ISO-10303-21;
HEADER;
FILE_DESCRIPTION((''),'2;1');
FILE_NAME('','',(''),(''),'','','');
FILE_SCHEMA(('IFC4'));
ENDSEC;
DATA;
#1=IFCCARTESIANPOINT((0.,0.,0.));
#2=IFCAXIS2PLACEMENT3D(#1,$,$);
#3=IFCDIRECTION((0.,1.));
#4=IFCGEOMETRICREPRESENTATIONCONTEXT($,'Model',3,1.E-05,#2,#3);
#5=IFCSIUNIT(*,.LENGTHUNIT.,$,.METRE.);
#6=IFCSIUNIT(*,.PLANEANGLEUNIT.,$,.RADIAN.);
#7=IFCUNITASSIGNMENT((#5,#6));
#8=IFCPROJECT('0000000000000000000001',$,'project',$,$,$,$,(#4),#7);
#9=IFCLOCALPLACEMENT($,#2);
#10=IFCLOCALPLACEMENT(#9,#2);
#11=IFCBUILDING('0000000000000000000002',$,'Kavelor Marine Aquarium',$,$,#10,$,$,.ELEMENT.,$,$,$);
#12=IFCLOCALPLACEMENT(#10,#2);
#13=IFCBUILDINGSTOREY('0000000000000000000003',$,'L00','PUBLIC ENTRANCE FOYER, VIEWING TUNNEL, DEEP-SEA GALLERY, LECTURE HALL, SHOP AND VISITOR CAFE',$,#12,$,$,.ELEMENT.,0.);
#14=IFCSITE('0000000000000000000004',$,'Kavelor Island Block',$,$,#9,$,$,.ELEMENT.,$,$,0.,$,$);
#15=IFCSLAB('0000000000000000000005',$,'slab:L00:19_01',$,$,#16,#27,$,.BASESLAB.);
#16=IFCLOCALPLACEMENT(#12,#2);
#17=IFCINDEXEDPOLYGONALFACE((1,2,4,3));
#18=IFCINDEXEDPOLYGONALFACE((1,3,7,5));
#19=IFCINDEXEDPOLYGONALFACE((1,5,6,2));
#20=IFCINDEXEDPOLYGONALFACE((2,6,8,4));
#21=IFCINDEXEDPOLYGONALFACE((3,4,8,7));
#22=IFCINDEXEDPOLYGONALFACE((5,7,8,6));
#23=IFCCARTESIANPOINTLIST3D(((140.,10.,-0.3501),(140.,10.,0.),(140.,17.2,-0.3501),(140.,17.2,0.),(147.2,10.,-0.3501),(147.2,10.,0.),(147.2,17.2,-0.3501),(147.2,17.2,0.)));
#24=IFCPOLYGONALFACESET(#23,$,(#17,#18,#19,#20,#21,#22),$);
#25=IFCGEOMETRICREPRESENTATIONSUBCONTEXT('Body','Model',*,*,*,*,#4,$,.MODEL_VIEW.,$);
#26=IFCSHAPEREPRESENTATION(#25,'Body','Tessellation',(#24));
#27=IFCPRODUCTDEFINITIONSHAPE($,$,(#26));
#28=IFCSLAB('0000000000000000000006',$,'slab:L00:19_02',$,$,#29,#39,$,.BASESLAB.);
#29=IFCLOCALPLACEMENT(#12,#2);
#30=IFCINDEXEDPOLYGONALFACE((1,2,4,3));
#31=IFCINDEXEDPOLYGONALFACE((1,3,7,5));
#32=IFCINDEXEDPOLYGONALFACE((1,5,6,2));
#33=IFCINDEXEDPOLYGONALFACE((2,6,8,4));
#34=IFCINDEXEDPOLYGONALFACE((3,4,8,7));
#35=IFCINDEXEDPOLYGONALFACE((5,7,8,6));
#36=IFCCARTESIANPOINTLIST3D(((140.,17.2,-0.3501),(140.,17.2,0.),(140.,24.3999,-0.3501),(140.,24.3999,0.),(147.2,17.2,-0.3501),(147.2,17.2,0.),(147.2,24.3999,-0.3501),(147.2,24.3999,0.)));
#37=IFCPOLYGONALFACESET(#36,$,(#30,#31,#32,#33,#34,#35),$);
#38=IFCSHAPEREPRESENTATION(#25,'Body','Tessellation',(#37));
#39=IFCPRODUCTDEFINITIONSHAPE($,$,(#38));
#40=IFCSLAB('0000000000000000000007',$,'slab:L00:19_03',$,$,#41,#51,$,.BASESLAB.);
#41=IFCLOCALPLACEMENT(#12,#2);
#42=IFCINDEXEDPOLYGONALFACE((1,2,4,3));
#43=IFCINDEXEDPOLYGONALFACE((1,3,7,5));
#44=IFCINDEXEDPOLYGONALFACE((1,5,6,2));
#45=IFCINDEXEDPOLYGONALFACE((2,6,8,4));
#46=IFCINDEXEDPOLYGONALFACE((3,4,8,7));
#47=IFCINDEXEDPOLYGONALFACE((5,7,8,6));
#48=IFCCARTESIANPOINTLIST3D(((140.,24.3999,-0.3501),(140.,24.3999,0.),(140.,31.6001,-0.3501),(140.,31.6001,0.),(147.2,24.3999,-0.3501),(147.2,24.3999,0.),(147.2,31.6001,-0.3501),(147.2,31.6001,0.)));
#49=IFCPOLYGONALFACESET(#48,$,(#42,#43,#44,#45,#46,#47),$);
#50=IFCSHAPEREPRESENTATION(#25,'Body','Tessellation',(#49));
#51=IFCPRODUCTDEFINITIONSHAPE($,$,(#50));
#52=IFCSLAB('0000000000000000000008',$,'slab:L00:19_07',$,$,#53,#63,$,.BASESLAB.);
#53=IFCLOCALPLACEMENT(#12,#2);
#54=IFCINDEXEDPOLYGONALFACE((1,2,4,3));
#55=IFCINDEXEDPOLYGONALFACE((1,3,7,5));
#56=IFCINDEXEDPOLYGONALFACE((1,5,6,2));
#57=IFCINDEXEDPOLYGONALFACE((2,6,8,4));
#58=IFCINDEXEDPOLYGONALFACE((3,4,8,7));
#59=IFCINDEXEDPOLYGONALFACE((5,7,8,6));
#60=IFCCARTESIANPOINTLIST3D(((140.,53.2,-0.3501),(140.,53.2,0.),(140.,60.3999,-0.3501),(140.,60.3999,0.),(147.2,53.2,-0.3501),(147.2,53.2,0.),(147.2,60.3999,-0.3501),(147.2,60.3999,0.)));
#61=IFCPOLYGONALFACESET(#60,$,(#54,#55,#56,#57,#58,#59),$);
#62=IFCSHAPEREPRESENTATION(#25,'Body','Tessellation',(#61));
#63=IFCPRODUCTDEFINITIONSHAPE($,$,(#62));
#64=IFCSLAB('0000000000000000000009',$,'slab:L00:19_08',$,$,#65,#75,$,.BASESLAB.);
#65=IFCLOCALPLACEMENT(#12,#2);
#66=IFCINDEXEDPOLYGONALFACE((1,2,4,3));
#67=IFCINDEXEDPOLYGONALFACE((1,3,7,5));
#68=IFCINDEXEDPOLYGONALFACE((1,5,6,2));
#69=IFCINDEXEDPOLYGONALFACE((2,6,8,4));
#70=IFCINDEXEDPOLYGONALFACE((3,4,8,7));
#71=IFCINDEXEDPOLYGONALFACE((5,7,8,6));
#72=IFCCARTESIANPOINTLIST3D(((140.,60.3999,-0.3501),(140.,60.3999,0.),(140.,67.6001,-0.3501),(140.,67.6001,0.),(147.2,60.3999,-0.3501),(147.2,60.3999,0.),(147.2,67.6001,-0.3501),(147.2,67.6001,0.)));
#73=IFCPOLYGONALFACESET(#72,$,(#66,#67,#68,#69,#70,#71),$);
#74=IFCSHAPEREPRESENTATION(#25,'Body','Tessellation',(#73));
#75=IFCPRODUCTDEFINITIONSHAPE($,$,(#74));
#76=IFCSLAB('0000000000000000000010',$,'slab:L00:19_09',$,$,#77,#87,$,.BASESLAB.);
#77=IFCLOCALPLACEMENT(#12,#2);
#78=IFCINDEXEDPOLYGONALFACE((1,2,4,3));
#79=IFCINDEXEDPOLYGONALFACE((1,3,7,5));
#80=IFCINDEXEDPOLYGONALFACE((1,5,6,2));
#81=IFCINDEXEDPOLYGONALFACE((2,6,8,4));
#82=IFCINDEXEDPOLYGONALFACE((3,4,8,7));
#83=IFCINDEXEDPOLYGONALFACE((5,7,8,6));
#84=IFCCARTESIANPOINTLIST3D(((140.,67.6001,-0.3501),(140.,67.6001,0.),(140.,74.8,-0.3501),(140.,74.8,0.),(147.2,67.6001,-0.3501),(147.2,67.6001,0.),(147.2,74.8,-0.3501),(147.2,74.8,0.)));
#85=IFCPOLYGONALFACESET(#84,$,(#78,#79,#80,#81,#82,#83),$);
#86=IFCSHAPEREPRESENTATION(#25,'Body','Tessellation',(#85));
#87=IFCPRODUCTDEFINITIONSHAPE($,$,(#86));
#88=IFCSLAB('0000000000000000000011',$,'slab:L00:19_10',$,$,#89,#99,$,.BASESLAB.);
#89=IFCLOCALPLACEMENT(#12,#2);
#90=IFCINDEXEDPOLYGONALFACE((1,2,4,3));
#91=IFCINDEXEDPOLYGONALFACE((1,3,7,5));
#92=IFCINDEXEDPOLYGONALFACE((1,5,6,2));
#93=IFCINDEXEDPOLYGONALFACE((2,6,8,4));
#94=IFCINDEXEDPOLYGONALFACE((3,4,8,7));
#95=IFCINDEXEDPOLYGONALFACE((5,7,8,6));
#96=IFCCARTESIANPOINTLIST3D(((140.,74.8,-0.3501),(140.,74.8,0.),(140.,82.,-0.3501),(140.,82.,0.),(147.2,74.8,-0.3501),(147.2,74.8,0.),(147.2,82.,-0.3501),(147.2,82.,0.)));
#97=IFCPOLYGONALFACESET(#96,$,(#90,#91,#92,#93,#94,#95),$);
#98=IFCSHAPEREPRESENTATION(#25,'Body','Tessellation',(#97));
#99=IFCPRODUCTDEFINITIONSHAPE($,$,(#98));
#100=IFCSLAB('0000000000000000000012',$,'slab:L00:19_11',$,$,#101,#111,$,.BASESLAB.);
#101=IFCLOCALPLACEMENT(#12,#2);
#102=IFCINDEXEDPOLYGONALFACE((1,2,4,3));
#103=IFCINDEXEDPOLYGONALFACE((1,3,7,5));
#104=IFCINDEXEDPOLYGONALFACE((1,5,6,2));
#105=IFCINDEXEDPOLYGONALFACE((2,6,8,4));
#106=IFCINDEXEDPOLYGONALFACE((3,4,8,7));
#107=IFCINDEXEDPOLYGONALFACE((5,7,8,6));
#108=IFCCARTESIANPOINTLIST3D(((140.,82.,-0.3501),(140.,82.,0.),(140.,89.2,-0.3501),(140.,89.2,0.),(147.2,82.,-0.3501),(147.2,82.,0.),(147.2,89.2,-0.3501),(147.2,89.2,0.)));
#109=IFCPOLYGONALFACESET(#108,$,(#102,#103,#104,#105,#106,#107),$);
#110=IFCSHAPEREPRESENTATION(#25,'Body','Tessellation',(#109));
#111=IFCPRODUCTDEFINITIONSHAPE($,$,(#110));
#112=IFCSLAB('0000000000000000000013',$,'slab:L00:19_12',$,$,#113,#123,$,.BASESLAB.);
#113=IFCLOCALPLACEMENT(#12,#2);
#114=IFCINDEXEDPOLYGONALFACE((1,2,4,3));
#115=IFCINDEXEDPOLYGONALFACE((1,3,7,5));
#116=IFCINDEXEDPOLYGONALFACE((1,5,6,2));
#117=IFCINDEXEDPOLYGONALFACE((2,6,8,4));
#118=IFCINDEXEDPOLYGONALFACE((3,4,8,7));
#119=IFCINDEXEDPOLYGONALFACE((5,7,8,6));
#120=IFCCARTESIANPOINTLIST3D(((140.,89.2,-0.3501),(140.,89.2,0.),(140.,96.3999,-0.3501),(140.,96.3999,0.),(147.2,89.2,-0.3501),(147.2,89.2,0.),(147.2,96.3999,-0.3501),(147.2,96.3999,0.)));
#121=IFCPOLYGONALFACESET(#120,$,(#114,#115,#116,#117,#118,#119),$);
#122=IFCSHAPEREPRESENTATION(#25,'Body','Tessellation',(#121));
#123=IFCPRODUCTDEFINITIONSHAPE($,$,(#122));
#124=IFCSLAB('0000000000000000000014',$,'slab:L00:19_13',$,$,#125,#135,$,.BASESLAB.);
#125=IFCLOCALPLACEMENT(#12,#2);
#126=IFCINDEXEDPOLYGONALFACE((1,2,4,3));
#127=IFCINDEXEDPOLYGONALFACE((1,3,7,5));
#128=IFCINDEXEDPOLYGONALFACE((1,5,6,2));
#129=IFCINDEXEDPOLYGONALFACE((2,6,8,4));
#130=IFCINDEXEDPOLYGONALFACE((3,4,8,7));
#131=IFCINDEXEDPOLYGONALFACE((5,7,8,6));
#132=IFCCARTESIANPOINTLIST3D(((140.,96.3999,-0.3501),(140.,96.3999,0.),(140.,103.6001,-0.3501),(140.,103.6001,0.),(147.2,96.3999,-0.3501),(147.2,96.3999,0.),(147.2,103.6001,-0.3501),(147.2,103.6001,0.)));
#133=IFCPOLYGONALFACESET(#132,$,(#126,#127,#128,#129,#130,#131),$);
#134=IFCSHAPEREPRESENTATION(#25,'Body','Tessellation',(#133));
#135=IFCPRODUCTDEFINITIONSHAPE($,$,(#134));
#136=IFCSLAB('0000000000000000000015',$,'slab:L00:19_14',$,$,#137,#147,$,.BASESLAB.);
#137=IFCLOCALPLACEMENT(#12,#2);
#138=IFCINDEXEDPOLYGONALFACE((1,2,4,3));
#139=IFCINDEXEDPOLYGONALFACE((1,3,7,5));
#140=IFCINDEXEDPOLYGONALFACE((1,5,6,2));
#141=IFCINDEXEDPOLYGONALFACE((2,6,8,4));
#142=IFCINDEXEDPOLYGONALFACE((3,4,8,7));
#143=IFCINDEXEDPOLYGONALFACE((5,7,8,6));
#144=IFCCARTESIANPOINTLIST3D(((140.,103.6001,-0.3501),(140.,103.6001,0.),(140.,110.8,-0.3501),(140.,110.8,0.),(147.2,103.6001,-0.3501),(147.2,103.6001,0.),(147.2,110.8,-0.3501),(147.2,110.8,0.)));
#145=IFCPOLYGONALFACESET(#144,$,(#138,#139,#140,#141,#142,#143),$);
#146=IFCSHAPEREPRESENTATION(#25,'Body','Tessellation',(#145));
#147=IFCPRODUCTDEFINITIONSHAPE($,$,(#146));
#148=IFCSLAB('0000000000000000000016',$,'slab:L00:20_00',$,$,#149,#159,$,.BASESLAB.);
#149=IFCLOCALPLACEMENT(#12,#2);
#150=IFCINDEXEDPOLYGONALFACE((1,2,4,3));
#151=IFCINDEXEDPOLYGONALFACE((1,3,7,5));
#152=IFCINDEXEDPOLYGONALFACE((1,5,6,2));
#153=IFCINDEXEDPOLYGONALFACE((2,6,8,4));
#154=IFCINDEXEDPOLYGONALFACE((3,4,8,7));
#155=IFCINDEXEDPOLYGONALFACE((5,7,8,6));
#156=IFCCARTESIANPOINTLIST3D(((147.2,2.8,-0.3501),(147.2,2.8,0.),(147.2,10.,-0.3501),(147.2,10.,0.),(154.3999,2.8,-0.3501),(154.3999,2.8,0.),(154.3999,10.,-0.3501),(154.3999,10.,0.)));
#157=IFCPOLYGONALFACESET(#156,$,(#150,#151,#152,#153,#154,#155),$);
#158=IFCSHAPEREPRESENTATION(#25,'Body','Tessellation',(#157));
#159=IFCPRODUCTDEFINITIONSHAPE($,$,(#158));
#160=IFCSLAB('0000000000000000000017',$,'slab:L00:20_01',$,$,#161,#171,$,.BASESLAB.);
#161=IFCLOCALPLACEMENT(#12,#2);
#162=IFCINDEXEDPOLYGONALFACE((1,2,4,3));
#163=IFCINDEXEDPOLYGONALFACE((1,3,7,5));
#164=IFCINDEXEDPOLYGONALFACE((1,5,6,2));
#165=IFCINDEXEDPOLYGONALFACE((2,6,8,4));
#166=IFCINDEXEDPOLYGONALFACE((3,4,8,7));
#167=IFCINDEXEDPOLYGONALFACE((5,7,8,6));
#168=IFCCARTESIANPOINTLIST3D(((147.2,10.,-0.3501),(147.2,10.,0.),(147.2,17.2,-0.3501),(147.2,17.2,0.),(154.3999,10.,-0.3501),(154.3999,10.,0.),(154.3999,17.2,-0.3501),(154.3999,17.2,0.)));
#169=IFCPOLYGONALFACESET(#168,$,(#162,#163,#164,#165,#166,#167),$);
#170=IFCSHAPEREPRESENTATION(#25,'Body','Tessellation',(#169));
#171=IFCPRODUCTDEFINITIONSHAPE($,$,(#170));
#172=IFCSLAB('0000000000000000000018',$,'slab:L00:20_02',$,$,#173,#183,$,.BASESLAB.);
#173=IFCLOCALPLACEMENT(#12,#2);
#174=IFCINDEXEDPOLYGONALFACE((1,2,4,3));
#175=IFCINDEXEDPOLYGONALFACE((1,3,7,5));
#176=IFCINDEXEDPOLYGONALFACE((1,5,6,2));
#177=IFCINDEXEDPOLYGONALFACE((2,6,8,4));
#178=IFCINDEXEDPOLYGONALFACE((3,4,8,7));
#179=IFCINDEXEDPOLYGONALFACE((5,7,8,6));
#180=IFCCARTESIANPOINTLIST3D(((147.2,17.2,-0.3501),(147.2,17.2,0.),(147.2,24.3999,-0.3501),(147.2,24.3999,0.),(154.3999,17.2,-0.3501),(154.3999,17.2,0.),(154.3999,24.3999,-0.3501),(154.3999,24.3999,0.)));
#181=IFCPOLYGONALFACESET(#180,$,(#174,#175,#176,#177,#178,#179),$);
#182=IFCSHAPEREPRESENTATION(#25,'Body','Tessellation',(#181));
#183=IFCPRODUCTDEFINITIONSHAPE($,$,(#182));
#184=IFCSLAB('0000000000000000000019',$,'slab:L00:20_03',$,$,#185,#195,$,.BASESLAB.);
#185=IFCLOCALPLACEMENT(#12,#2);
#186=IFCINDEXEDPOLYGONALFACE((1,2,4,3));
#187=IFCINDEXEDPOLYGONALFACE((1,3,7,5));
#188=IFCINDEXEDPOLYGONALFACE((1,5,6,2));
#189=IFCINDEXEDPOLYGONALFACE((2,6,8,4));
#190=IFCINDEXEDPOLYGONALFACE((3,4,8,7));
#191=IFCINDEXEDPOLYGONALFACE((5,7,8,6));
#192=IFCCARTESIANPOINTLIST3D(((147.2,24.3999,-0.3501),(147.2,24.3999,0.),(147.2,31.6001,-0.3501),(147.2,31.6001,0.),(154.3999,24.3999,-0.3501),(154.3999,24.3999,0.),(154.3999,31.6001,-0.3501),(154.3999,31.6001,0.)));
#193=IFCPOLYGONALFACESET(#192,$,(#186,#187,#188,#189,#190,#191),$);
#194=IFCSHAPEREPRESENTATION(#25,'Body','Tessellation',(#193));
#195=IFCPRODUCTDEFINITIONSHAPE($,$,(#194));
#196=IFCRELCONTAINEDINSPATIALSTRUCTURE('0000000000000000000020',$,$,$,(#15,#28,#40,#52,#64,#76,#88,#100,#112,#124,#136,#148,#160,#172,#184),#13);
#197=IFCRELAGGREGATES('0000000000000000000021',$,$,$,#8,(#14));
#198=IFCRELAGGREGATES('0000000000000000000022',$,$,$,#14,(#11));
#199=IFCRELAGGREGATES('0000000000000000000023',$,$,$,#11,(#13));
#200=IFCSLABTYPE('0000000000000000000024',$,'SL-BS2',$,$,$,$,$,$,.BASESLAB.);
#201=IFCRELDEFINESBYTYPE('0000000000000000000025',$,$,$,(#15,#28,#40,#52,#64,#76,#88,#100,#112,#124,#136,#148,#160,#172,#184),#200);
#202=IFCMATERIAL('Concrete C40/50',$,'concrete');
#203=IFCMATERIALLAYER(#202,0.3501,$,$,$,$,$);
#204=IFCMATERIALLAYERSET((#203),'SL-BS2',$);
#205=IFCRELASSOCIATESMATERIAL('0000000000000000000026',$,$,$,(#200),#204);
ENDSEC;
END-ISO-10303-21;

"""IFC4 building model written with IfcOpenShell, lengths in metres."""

from ifc_helpers import new_model, si_unit, direction, frame, origin, place, context, subcontext, project, spatial, polyline, outline, extrude, material, layer, layer_set, type_object, element, save


model = new_model("IFC4")

# Units and contexts
model_context = context("Model", 3, precision=1e-05, world=origin(), true_north=direction((0.0, 1.0)))
body_context = subcontext(model_context, "Body", "Model", "MODEL_VIEW")
ifc_project = project(units=[si_unit("LENGTHUNIT", "METRE"), si_unit("PLANEANGLEUNIT", "RADIAN")], contexts=[model_context])

# Site, building, storey
site_placement = place(None, origin())
site = spatial("IfcSite", under=ifc_project, at=site_placement, Name="Kavelor Island Block", CompositionType="ELEMENT", RefElevation=0.0)
building_placement = place(site_placement, origin())
building = spatial("IfcBuilding", under=site, at=building_placement, Name="Kavelor Marine Aquarium", CompositionType="ELEMENT")
storey_placement = place(building_placement, origin())
storey = spatial("IfcBuildingStorey", under=building, at=storey_placement, Name="L00", Description="PUBLIC ENTRANCE FOYER, VIEWING TUNNEL, DEEP-SEA GALLERY, LECTURE HALL, SHOP AND VISITOR CAFE", CompositionType="ELEMENT", Elevation=0.0)

# Slabs
ifc_material = material(Name="Concrete C40/50", Category="concrete")
ifc_layer = layer(ifc_material, 0.3501)
ifc_layer_set = layer_set([ifc_layer], Name="SL-BS2")
slab_type = type_object("IfcSlabType", Name="SL-BS2", PredefinedType="BASESLAB", material=ifc_layer_set)
slab_1_placement = place(storey_placement, frame((0.0, 0.0, -0.3501)))
element("IfcSlab", 1, at=slab_1_placement, inside=storey, type_object=slab_type, Name="slab:L00:19_01", PredefinedType="BASESLAB", context=body_context, shape_type="SweptSolid", body=[
    extrude(outline(polyline([(140.0, 10.0), (147.2, 10.0), (147.2, 17.2), (140.0, 17.2), (140.0, 10.0)])), origin(), (0.0, 0.0, 1.0), 0.3501),
])
slab_2_placement = place(storey_placement, frame((0.0, 0.0, -0.3501)))
element("IfcSlab", 2, at=slab_2_placement, inside=storey, type_object=slab_type, Name="slab:L00:19_02", PredefinedType="BASESLAB", context=body_context, shape_type="SweptSolid", body=[
    extrude(outline(polyline([(140.0, 17.2), (147.2, 17.2), (147.2, 24.3999), (140.0, 24.3999), (140.0, 17.2)])), origin(), (0.0, 0.0, 1.0), 0.3501),
])
slab_3_placement = place(storey_placement, frame((0.0, 0.0, -0.3501)))
element("IfcSlab", 3, at=slab_3_placement, inside=storey, type_object=slab_type, Name="slab:L00:19_03", PredefinedType="BASESLAB", context=body_context, shape_type="SweptSolid", body=[
    extrude(outline(polyline([(140.0, 24.3999), (147.2, 24.3999), (147.2, 31.6001), (140.0, 31.6001), (140.0, 24.3999)])), origin(), (0.0, 0.0, 1.0), 0.3501),
])
slab_4_placement = place(storey_placement, frame((0.0, 0.0, -0.3501)))
element("IfcSlab", 4, at=slab_4_placement, inside=storey, type_object=slab_type, Name="slab:L00:19_07", PredefinedType="BASESLAB", context=body_context, shape_type="SweptSolid", body=[
    extrude(outline(polyline([(140.0, 53.2), (147.2, 53.2), (147.2, 60.3999), (140.0, 60.3999), (140.0, 53.2)])), origin(), (0.0, 0.0, 1.0), 0.3501),
])
slab_5_placement = place(storey_placement, frame((0.0, 0.0, -0.3501)))
element("IfcSlab", 5, at=slab_5_placement, inside=storey, type_object=slab_type, Name="slab:L00:19_08", PredefinedType="BASESLAB", context=body_context, shape_type="SweptSolid", body=[
    extrude(outline(polyline([(140.0, 60.3999), (147.2, 60.3999), (147.2, 67.6001), (140.0, 67.6001), (140.0, 60.3999)])), origin(), (0.0, 0.0, 1.0), 0.3501),
])
slab_6_placement = place(storey_placement, frame((0.0, 0.0, -0.3501)))
element("IfcSlab", 6, at=slab_6_placement, inside=storey, type_object=slab_type, Name="slab:L00:19_09", PredefinedType="BASESLAB", context=body_context, shape_type="SweptSolid", body=[
    extrude(outline(polyline([(140.0, 67.6001), (147.2, 67.6001), (147.2, 74.8), (140.0, 74.8), (140.0, 67.6001)])), origin(), (0.0, 0.0, 1.0), 0.3501),
])
slab_7_placement = place(storey_placement, frame((0.0, 0.0, -0.3501)))
element("IfcSlab", 7, at=slab_7_placement, inside=storey, type_object=slab_type, Name="slab:L00:19_10", PredefinedType="BASESLAB", context=body_context, shape_type="SweptSolid", body=[
    extrude(outline(polyline([(140.0, 74.8), (147.2, 74.8), (147.2, 82.0), (140.0, 82.0), (140.0, 74.8)])), origin(), (0.0, 0.0, 1.0), 0.3501),
])
slab_8_placement = place(storey_placement, frame((0.0, 0.0, -0.3501)))
element("IfcSlab", 8, at=slab_8_placement, inside=storey, type_object=slab_type, Name="slab:L00:19_11", PredefinedType="BASESLAB", context=body_context, shape_type="SweptSolid", body=[
    extrude(outline(polyline([(140.0, 82.0), (147.2, 82.0), (147.2, 89.2), (140.0, 89.2), (140.0, 82.0)])), origin(), (0.0, 0.0, 1.0), 0.3501),
])
slab_9_placement = place(storey_placement, frame((0.0, 0.0, -0.3501)))
element("IfcSlab", 9, at=slab_9_placement, inside=storey, type_object=slab_type, Name="slab:L00:19_12", PredefinedType="BASESLAB", context=body_context, shape_type="SweptSolid", body=[
    extrude(outline(polyline([(140.0, 89.2), (147.2, 89.2), (147.2, 96.3999), (140.0, 96.3999), (140.0, 89.2)])), origin(), (0.0, 0.0, 1.0), 0.3501),
])
slab_10_placement = place(storey_placement, frame((0.0, 0.0, -0.3501)))
element("IfcSlab", 10, at=slab_10_placement, inside=storey, type_object=slab_type, Name="slab:L00:19_13", PredefinedType="BASESLAB", context=body_context, shape_type="SweptSolid", body=[
    extrude(outline(polyline([(140.0, 96.3999), (147.2, 96.3999), (147.2, 103.6001), (140.0, 103.6001), (140.0, 96.3999)])), origin(), (0.0, 0.0, 1.0), 0.3501),
])
slab_11_placement = place(storey_placement, frame((0.0, 0.0, -0.3501)))
element("IfcSlab", 11, at=slab_11_placement, inside=storey, type_object=slab_type, Name="slab:L00:19_14", PredefinedType="BASESLAB", context=body_context, shape_type="SweptSolid", body=[
    extrude(outline(polyline([(140.0, 103.6001), (147.2, 103.6001), (147.2, 110.8), (140.0, 110.8), (140.0, 103.6001)])), origin(), (0.0, 0.0, 1.0), 0.3501),
])
slab_12_placement = place(storey_placement, frame((0.0, 0.0, -0.3501)))
element("IfcSlab", 12, at=slab_12_placement, inside=storey, type_object=slab_type, Name="slab:L00:20_00", PredefinedType="BASESLAB", context=body_context, shape_type="SweptSolid", body=[
    extrude(outline(polyline([(147.2, 2.8), (154.3999, 2.8), (154.3999, 10.0), (147.2, 10.0), (147.2, 2.8)])), origin(), (0.0, 0.0, 1.0), 0.3501),
])
slab_13_placement = place(storey_placement, frame((0.0, 0.0, -0.3501)))
element("IfcSlab", 13, at=slab_13_placement, inside=storey, type_object=slab_type, Name="slab:L00:20_01", PredefinedType="BASESLAB", context=body_context, shape_type="SweptSolid", body=[
    extrude(outline(polyline([(147.2, 10.0), (154.3999, 10.0), (154.3999, 17.2), (147.2, 17.2), (147.2, 10.0)])), origin(), (0.0, 0.0, 1.0), 0.3501),
])
slab_14_placement = place(storey_placement, frame((0.0, 0.0, -0.3501)))
element("IfcSlab", 14, at=slab_14_placement, inside=storey, type_object=slab_type, Name="slab:L00:20_02", PredefinedType="BASESLAB", context=body_context, shape_type="SweptSolid", body=[
    extrude(outline(polyline([(147.2, 17.2), (154.3999, 17.2), (154.3999, 24.3999), (147.2, 24.3999), (147.2, 17.2)])), origin(), (0.0, 0.0, 1.0), 0.3501),
])
slab_15_placement = place(storey_placement, frame((0.0, 0.0, -0.3501)))
element("IfcSlab", 15, at=slab_15_placement, inside=storey, type_object=slab_type, Name="slab:L00:20_03", PredefinedType="BASESLAB", context=body_context, shape_type="SweptSolid", body=[
    extrude(outline(polyline([(147.2, 24.3999), (154.3999, 24.3999), (154.3999, 31.6001), (147.2, 31.6001), (147.2, 24.3999)])), origin(), (0.0, 0.0, 1.0), 0.3501),
])

save(model, "model.ifc")
